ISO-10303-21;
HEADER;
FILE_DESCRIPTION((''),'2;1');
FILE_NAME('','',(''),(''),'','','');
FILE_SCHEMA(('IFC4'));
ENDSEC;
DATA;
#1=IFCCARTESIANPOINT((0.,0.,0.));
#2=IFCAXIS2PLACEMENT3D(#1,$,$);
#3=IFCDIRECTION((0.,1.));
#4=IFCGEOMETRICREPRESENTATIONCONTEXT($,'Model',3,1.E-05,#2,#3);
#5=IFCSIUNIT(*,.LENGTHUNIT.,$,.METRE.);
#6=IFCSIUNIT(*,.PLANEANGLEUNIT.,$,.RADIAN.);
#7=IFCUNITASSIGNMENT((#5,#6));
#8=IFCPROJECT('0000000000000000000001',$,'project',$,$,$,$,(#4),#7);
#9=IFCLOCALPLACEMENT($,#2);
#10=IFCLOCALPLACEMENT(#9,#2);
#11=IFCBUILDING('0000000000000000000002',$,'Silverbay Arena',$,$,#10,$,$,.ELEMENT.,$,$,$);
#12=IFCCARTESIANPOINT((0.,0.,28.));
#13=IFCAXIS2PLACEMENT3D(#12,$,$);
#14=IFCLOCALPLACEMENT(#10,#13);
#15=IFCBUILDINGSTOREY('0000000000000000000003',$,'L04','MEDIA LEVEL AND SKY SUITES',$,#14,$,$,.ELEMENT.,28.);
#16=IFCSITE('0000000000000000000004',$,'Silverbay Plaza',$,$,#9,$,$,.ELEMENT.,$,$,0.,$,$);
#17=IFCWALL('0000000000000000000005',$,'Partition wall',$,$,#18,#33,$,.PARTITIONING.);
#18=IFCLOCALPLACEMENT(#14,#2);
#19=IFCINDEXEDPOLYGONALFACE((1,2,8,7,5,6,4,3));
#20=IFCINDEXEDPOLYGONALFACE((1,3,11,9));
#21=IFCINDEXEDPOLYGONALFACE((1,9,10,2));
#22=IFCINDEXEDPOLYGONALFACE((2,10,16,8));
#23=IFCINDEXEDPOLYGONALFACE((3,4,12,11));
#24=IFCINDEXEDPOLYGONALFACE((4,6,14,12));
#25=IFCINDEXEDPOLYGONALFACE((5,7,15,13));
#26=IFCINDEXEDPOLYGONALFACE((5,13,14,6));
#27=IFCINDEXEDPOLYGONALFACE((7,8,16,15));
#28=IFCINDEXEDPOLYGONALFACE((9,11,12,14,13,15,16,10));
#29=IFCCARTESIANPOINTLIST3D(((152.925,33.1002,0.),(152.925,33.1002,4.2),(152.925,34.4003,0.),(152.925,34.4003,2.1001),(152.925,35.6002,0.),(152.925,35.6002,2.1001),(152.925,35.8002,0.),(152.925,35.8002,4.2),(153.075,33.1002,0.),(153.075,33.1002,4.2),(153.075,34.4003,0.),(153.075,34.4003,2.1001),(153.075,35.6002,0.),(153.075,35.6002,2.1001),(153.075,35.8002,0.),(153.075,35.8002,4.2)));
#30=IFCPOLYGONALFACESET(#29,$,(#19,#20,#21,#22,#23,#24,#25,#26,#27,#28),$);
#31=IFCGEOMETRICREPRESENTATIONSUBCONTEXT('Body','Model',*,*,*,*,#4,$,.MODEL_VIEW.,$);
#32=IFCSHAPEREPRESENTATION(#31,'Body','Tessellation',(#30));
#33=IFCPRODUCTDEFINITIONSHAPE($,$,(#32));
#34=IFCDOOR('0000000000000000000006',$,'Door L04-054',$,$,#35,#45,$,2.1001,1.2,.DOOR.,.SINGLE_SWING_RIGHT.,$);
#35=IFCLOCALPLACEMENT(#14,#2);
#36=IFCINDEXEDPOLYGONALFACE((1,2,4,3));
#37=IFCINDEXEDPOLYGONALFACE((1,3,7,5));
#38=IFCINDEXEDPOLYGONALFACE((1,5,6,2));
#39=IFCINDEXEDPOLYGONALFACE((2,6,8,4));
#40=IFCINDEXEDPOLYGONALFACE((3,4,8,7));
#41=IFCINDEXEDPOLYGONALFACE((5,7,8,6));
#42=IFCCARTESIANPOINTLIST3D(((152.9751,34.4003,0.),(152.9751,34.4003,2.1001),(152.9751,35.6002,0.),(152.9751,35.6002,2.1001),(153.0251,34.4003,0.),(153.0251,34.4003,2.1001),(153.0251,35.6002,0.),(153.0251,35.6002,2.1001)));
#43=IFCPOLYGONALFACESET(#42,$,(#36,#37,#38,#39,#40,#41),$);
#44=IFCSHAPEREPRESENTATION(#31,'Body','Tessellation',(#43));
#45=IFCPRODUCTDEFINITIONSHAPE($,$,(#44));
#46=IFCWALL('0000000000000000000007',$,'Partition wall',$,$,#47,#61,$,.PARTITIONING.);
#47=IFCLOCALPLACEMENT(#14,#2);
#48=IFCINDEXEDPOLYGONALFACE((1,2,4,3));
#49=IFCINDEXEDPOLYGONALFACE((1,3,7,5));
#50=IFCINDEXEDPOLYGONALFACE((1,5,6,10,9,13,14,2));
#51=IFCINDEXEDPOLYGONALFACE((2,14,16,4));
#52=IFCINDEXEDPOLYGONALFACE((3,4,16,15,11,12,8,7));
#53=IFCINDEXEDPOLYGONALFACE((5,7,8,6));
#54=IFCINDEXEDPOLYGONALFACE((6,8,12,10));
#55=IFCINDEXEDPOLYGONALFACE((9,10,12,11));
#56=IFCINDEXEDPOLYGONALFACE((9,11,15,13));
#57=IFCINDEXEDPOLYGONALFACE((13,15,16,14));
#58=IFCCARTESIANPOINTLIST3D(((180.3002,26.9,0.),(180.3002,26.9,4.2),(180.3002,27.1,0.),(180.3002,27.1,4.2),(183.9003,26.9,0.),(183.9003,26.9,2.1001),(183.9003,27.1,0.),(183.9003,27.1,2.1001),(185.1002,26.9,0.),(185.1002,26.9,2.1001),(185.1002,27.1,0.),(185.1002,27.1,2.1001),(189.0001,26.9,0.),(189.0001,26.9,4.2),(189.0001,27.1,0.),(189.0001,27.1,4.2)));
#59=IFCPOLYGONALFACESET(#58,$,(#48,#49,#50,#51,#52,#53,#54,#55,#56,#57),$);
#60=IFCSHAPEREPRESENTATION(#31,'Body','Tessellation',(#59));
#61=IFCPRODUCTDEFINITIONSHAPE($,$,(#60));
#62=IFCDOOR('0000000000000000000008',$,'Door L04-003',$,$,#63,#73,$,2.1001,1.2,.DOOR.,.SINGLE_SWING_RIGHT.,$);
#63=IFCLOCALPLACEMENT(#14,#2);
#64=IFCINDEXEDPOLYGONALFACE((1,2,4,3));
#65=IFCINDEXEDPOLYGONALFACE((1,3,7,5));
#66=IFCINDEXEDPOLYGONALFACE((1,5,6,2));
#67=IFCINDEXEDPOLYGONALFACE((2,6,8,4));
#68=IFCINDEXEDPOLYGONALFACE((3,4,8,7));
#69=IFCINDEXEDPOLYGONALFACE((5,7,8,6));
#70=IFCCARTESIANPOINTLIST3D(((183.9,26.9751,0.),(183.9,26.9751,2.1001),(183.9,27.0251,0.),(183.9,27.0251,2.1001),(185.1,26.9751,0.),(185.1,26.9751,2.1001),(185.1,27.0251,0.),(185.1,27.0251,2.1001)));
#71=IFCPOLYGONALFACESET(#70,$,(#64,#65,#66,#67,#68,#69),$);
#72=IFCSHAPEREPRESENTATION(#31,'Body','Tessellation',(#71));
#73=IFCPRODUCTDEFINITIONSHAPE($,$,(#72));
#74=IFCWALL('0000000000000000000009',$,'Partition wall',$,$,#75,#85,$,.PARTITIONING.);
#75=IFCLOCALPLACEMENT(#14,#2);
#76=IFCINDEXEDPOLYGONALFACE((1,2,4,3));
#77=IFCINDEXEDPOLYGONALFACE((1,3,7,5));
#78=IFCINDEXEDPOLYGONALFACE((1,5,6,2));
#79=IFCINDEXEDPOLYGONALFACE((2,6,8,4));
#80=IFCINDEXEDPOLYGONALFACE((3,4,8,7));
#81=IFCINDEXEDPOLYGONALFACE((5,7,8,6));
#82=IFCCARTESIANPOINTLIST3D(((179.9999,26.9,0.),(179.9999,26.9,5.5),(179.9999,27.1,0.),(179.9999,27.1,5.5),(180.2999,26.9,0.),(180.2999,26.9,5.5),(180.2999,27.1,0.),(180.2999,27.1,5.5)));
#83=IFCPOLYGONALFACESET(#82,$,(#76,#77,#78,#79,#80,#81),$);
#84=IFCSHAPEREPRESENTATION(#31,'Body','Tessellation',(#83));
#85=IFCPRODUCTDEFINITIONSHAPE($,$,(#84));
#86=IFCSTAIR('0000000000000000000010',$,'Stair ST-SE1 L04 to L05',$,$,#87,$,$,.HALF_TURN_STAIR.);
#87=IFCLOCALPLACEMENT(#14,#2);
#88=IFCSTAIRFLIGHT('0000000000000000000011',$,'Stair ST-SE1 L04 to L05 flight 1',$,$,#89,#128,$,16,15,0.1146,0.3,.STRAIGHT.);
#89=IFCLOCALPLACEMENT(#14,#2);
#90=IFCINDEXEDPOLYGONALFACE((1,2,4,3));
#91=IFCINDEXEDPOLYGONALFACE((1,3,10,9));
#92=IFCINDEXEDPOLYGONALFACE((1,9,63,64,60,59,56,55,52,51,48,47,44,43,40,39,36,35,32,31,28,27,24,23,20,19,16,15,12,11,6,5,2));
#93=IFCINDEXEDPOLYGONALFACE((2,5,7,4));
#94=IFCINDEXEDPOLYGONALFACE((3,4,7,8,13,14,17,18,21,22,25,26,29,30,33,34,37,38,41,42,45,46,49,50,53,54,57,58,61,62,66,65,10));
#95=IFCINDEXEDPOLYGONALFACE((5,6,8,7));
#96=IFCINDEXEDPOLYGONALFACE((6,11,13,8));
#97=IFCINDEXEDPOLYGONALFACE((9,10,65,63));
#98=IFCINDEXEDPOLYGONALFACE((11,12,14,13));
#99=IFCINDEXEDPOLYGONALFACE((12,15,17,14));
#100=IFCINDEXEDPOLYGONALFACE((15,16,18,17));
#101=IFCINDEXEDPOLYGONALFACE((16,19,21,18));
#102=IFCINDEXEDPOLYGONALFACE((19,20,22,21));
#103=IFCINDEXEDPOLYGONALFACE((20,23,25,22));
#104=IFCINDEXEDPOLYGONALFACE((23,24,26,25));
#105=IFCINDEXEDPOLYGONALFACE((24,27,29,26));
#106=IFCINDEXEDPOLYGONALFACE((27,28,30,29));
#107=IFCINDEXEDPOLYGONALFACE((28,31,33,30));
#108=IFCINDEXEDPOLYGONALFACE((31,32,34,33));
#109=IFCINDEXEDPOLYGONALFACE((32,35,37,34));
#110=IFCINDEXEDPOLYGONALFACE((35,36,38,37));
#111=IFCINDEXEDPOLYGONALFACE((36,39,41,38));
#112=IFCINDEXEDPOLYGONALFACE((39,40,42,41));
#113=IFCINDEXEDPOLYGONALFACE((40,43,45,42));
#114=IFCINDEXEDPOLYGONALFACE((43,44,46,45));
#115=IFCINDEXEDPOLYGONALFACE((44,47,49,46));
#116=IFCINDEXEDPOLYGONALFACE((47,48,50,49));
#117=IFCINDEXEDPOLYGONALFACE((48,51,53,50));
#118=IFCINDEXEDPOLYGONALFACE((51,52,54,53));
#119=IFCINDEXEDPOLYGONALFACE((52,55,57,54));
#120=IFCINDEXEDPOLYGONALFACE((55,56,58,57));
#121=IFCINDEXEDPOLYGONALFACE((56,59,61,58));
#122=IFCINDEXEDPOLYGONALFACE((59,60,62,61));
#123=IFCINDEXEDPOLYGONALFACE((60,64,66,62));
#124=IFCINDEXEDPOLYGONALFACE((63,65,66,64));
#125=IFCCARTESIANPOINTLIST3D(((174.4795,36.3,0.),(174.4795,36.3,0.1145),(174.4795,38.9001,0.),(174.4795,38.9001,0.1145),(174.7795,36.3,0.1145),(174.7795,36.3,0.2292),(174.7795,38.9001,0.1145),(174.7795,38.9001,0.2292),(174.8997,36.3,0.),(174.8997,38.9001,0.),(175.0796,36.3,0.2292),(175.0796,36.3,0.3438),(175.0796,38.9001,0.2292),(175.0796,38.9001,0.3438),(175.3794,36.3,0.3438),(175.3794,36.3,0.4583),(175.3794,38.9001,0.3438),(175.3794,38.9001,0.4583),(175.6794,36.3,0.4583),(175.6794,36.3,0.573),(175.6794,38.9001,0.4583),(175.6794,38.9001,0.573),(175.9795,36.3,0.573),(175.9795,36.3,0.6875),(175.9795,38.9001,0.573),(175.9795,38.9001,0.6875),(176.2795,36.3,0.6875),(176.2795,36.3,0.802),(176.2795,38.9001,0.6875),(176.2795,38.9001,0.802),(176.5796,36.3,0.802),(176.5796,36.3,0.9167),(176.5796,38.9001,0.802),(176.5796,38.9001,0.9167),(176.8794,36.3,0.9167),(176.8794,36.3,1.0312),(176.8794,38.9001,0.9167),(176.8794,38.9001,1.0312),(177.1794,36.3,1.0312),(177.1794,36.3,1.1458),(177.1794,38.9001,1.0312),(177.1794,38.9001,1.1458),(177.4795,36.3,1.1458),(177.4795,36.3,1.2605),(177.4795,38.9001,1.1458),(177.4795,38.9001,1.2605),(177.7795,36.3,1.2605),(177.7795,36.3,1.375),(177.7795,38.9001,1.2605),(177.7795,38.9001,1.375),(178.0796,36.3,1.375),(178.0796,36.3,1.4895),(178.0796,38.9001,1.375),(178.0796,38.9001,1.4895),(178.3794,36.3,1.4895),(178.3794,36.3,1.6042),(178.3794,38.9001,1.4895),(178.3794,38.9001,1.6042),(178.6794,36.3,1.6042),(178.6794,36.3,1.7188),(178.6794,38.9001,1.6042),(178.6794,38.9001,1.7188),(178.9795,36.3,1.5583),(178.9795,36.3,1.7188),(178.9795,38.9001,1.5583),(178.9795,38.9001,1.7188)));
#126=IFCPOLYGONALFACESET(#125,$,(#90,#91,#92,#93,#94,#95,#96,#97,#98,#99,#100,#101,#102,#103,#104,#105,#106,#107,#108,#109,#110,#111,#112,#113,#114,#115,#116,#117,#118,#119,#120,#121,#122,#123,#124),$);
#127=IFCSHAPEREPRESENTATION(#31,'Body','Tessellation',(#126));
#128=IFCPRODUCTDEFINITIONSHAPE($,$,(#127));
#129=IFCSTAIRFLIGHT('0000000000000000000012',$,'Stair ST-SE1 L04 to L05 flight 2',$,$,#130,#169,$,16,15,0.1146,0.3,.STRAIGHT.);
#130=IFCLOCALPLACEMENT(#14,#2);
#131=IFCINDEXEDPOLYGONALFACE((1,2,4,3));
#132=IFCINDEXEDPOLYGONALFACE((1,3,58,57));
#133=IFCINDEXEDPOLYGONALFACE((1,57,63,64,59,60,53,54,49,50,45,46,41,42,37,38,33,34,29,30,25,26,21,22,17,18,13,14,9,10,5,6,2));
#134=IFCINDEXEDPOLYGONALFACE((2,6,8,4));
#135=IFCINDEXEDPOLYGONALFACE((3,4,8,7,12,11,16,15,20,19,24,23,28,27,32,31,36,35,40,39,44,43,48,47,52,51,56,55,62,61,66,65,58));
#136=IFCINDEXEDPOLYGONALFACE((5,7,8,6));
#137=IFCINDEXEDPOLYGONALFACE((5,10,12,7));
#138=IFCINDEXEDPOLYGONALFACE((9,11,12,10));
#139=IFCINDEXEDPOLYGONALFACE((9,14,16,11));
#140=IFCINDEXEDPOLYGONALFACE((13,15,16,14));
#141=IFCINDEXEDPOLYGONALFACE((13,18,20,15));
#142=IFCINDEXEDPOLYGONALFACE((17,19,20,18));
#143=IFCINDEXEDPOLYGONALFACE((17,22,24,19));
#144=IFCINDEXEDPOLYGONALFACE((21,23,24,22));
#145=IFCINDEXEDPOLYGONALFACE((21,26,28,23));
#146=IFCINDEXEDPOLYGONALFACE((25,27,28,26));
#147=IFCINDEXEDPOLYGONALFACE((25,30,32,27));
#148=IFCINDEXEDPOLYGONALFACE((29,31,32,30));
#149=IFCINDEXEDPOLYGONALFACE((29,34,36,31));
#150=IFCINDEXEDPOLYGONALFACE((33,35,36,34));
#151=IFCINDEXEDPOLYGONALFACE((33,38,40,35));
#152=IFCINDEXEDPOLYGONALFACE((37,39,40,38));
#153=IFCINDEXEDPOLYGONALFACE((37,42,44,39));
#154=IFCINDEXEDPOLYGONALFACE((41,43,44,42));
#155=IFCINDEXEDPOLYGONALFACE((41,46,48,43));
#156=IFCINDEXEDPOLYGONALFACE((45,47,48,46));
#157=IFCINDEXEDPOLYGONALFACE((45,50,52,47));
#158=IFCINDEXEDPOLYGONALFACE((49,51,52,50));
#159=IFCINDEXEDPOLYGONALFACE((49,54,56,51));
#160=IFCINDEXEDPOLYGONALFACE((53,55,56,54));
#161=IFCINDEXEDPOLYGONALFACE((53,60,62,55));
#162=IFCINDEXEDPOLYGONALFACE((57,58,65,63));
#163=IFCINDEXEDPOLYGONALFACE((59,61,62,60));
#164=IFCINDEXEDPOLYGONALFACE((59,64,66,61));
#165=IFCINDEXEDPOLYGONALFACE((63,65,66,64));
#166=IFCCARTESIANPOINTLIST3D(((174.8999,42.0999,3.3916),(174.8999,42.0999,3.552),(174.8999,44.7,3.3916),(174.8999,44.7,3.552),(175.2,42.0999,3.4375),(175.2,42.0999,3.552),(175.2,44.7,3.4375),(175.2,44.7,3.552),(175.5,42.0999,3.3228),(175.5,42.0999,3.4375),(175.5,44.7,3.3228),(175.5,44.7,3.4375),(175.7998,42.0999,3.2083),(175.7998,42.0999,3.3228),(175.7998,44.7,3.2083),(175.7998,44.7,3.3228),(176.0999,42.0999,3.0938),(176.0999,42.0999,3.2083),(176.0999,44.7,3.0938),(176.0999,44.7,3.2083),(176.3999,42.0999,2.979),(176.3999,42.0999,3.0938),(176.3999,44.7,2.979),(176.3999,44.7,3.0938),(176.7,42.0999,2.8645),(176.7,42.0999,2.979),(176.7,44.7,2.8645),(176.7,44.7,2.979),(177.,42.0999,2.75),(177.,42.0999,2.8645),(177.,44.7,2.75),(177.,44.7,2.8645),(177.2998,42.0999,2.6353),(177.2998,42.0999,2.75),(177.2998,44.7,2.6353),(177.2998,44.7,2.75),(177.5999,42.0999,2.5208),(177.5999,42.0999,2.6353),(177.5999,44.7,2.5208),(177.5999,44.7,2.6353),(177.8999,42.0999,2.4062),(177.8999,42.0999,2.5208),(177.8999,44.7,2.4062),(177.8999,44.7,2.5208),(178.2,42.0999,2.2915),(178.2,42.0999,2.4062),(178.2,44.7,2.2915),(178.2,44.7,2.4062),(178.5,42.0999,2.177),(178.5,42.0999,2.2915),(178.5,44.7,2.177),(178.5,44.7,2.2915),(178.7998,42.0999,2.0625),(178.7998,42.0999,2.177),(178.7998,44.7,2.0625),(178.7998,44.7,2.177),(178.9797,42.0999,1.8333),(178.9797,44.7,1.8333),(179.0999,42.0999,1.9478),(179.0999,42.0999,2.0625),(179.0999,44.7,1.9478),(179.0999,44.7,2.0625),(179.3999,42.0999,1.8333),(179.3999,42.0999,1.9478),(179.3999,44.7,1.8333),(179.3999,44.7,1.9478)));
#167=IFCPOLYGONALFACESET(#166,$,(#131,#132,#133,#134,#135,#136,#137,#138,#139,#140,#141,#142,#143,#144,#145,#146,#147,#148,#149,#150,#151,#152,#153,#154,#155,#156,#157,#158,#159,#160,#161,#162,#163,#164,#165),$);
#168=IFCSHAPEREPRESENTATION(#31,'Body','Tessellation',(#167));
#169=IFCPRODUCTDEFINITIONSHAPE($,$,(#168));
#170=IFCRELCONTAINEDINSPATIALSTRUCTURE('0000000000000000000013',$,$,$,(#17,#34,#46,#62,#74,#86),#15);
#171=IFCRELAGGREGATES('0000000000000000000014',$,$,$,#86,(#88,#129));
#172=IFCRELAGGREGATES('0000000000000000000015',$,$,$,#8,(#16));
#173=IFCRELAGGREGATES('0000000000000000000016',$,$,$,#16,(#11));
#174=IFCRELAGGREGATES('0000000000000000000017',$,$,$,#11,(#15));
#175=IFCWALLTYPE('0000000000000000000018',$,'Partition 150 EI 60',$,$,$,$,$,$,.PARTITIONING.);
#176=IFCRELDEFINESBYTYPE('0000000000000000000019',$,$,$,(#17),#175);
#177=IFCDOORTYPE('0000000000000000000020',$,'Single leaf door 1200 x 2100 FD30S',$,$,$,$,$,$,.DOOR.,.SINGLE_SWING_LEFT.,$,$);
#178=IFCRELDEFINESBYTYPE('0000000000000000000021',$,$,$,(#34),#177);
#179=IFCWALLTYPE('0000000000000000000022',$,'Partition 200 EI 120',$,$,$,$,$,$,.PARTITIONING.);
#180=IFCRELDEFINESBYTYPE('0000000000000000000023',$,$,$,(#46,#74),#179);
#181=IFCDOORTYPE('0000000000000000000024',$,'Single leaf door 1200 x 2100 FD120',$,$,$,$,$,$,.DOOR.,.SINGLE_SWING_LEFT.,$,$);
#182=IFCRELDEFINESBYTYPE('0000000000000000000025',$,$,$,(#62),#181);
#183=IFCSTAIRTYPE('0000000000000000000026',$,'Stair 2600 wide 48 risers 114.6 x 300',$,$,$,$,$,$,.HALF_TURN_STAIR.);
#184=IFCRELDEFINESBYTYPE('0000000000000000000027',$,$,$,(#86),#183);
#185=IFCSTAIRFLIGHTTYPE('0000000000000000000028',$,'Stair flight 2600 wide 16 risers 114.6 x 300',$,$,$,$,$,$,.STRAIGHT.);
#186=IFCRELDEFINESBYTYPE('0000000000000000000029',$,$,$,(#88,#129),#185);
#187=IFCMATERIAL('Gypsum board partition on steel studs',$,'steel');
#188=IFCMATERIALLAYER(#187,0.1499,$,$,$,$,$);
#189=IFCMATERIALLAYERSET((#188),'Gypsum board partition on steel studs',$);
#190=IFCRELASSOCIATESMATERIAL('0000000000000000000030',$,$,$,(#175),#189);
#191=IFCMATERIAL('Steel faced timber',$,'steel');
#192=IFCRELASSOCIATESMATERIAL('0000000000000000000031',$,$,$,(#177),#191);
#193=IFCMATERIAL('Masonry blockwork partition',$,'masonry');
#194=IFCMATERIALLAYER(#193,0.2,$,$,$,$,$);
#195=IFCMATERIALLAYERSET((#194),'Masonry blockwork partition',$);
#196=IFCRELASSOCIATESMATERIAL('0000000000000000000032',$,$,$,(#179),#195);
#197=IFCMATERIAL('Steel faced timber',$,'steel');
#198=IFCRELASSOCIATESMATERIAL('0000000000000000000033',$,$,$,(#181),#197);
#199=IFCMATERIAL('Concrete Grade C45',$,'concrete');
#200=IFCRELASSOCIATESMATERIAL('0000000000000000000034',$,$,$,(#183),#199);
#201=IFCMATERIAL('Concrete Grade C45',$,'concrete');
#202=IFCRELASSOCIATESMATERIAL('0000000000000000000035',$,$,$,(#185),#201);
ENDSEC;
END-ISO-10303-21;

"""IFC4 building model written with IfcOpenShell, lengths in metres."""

from ifc_helpers import new_model, si_unit, direction, frame, frame_2d, origin, place, context, subcontext, project, spatial, polyline, rectangle, outline, extrude, material, layer, layer_set, type_object, element, fill, aggregate, save


model = new_model("IFC4")

# Units and contexts
model_context = context("Model", 3, precision=1e-05, world=origin(), true_north=direction((0.0, 1.0)))
body_context = subcontext(model_context, "Body", "Model", "MODEL_VIEW")
ifc_project = project(units=[si_unit("LENGTHUNIT", "METRE"), si_unit("PLANEANGLEUNIT", "RADIAN")], contexts=[model_context])

# Site, building, storey
site_placement = place(None, origin())
site = spatial("IfcSite", under=ifc_project, at=site_placement, Name="Silverbay Plaza", CompositionType="ELEMENT", RefElevation=0.0)
building_placement = place(site_placement, origin())
building = spatial("IfcBuilding", under=site, at=building_placement, Name="Silverbay Arena", CompositionType="ELEMENT")
storey_placement = place(building_placement, frame((0.0, 0.0, 28.0)))
storey = spatial("IfcBuildingStorey", under=building, at=storey_placement, Name="L04", Description="MEDIA LEVEL AND SKY SUITES", CompositionType="ELEMENT", Elevation=28.0)

# Walls, openings, doors
ifc_material_1 = material(Name="Gypsum board partition on steel studs", Category="steel")
ifc_layer_1 = layer(ifc_material_1, 0.1499)
ifc_layer_set_1 = layer_set([ifc_layer_1], Name="Gypsum board partition on steel studs")
wall_type_1 = type_object("IfcWallType", Name="Partition 150 EI 60", PredefinedType="PARTITIONING", material=ifc_layer_set_1)
wall_1_placement = place(storey_placement, frame((153.0, 33.1001, 0.0), z_axis=(0.0, 0.0, 1.0), x_axis=(0.0, 1.0, 0.0)))
wall_1 = element("IfcWall", 1, at=wall_1_placement, inside=storey, type_object=wall_type_1, Name="Partition wall", PredefinedType="PARTITIONING", context=body_context, shape_type="SweptSolid", body=[
    extrude(rectangle(XDim=2.7, YDim=0.1499, at=frame_2d((1.3501, 0.0))), origin(), (0.0, 0.0, 1.0), 4.2),
])
opening_1_placement = place(wall_1_placement, frame((1.3, 0.0, 0.0)))
opening_1 = element("IfcOpeningElement", 2, at=opening_1_placement, cuts=wall_1, PredefinedType="OPENING", context=body_context, shape_type="SweptSolid", body=[
    extrude(rectangle(XDim=1.2, YDim=2.1001, at=frame_2d((0.6001, 1.05))), frame((0.0, 0.085, 0.0), z_axis=(0.0, -1.0, 0.0), x_axis=(1.0, 0.0, 0.0)), (0.0, 0.0, 1.0), 0.1699),
])
ifc_material_2 = material(Name="Steel faced timber", Category="steel")
door_type_1 = type_object("IfcDoorType", Name="Single leaf door 1200 x 2100 FD30S", OperationType="SINGLE_SWING_LEFT", PredefinedType="DOOR", material=ifc_material_2)
door_1_placement = place(opening_1_placement, origin())
door_1 = element("IfcDoor", 3, at=door_1_placement, inside=storey, type_object=door_type_1, Name="Door L04-054", OperationType="SINGLE_SWING_RIGHT", OverallHeight=2.1001, OverallWidth=1.2, PredefinedType="DOOR", context=body_context, shape_type="SweptSolid", body=[
    extrude(rectangle(XDim=1.2, YDim=2.1001, at=frame_2d((0.6001, 1.05))), frame((0.0, 0.0249, 0.0), z_axis=(0.0, -1.0, 0.0), x_axis=(1.0, 0.0, 0.0)), (0.0, 0.0, 1.0), 0.05),
])
fill(opening_1, door_1)
ifc_material_3 = material(Name="Masonry blockwork partition", Category="masonry")
ifc_layer_2 = layer(ifc_material_3, 0.2)
ifc_layer_set_2 = layer_set([ifc_layer_2], Name="Masonry blockwork partition")
wall_type_2 = type_object("IfcWallType", Name="Partition 200 EI 120", PredefinedType="PARTITIONING", material=ifc_layer_set_2)
wall_2_placement = place(storey_placement, frame((180.3, 27.0, 0.0), z_axis=(0.0, 0.0, 1.0), x_axis=(1.0, 0.0, 0.0)))
wall_2 = element("IfcWall", 4, at=wall_2_placement, inside=storey, type_object=wall_type_2, Name="Partition wall", PredefinedType="PARTITIONING", context=body_context, shape_type="SweptSolid", body=[
    extrude(rectangle(XDim=8.7, YDim=0.2, at=frame_2d((4.3501, 0.0))), origin(), (0.0, 0.0, 1.0), 4.2),
])
opening_2_placement = place(wall_2_placement, frame((3.6001, 0.0, 0.0)))
opening_2 = element("IfcOpeningElement", 5, at=opening_2_placement, cuts=wall_2, PredefinedType="OPENING", context=body_context, shape_type="SweptSolid", body=[
    extrude(rectangle(XDim=1.2, YDim=2.1001, at=frame_2d((0.6001, 1.05))), frame((0.0, 0.1099, 0.0), z_axis=(0.0, -1.0, 0.0), x_axis=(1.0, 0.0, 0.0)), (0.0, 0.0, 1.0), 0.22),
])
ifc_material_4 = material(Name="Steel faced timber", Category="steel")
door_type_2 = type_object("IfcDoorType", Name="Single leaf door 1200 x 2100 FD120", OperationType="SINGLE_SWING_LEFT", PredefinedType="DOOR", material=ifc_material_4)
door_2_placement = place(opening_2_placement, frame((1.2, 0.0, 0.0), z_axis=(0.0, 0.0, 1.0), x_axis=(-1.0, 0.0, 0.0)))
door_2 = element("IfcDoor", 6, at=door_2_placement, inside=storey, type_object=door_type_2, Name="Door L04-003", OperationType="SINGLE_SWING_RIGHT", OverallHeight=2.1001, OverallWidth=1.2, PredefinedType="DOOR", context=body_context, shape_type="SweptSolid", body=[
    extrude(rectangle(XDim=1.2, YDim=2.1001, at=frame_2d((0.6001, 1.05))), frame((0.0, 0.0249, 0.0), z_axis=(0.0, -1.0, 0.0), x_axis=(1.0, 0.0, 0.0)), (0.0, 0.0, 1.0), 0.05),
])
fill(opening_2, door_2)

# Wall
wall_3_placement = place(storey_placement, frame((180.0, 27.0, 0.0), z_axis=(0.0, 0.0, 1.0), x_axis=(1.0, 0.0, 0.0)))
element("IfcWall", 7, at=wall_3_placement, inside=storey, type_object=wall_type_2, Name="Partition wall", PredefinedType="PARTITIONING", context=body_context, shape_type="SweptSolid", body=[
    extrude(rectangle(XDim=0.3, YDim=0.2, at=frame_2d((0.1499, 0.0))), origin(), (0.0, 0.0, 1.0), 5.5),
])

# Stair, stair flights
ifc_material_5 = material(Name="Concrete Grade C45", Category="concrete")
stair_type = type_object("IfcStairType", Name="Stair 2600 wide 48 risers 114.6 x 300", PredefinedType="HALF_TURN_STAIR", material=ifc_material_5)
stair_placement = place(storey_placement, origin())
stair = element("IfcStair", 8, at=stair_placement, inside=storey, type_object=stair_type, Name="Stair ST-SE1 L04 to L05", PredefinedType="HALF_TURN_STAIR")
ifc_material_6 = material(Name="Concrete Grade C45", Category="concrete")
stair_flight_type = type_object("IfcStairFlightType", Name="Stair flight 2600 wide 16 risers 114.6 x 300", PredefinedType="STRAIGHT", material=ifc_material_6)
stair_flight_1_placement = place(storey_placement, frame((174.4795, 37.6001, 0.0), z_axis=(0.0, 0.0, 1.0), x_axis=(1.0, 0.0, 0.0)))
stair_flight_1 = element("IfcStairFlight", 9, at=stair_flight_1_placement, type_object=stair_flight_type, Name="Stair ST-SE1 L04 to L05 flight 1", NumberOfRisers=16, NumberOfTreads=15, PredefinedType="STRAIGHT", RiserHeight=0.1146, TreadLength=0.3, context=body_context, shape_type="SweptSolid", body=[
    extrude(outline(polyline([(0.0, 0.0), (0.0, 0.1145), (0.3, 0.1145), (0.3, 0.2292), (0.6001, 0.2292), (0.6001, 0.3438), (0.8999, 0.3438), (0.8999, 0.4583), (1.2, 0.4583), (1.2, 0.573), (1.5, 0.573), (1.5, 0.6875), (1.8, 0.6875), (1.8, 0.802), (2.1001, 0.802), (2.1001, 0.9167), (2.3999, 0.9167), (2.3999, 1.0312), (2.7, 1.0312), (2.7, 1.1458), (3.0, 1.1458), (3.0, 1.2605), (3.3, 1.2605), (3.3, 1.375), (3.6001, 1.375), (3.6001, 1.4895), (3.8999, 1.4895), (3.8999, 1.6042), (4.2, 1.6042), (4.2, 1.7188), (4.5, 1.7188), (4.5, 1.5583), (0.4202, 0.0), (0.0, 0.0)])), frame((0.0, 1.3, 0.0), z_axis=(0.0, -1.0, 0.0), x_axis=(1.0, 0.0, 0.0)), (0.0, 0.0, 1.0), 2.6001),
])
stair_flight_2_placement = place(storey_placement, frame((179.3999, 43.3999, 1.8333), z_axis=(0.0, 0.0, 1.0), x_axis=(-1.0, 0.0, 0.0)))
stair_flight_2 = element("IfcStairFlight", 10, at=stair_flight_2_placement, type_object=stair_flight_type, Name="Stair ST-SE1 L04 to L05 flight 2", NumberOfRisers=16, NumberOfTreads=15, PredefinedType="STRAIGHT", RiserHeight=0.1146, TreadLength=0.3, context=body_context, shape_type="SweptSolid", body=[
    extrude(outline(polyline([(0.0, 0.0), (0.0, 0.1145), (0.3, 0.1145), (0.3, 0.2292), (0.6001, 0.2292), (0.6001, 0.3438), (0.8999, 0.3438), (0.8999, 0.4583), (1.2, 0.4583), (1.2, 0.573), (1.5, 0.573), (1.5, 0.6875), (1.8, 0.6875), (1.8, 0.802), (2.1001, 0.802), (2.1001, 0.9167), (2.3999, 0.9167), (2.3999, 1.0312), (2.7, 1.0312), (2.7, 1.1458), (3.0, 1.1458), (3.0, 1.2605), (3.3, 1.2605), (3.3, 1.375), (3.6001, 1.375), (3.6001, 1.4895), (3.8999, 1.4895), (3.8999, 1.6042), (4.2, 1.6042), (4.2, 1.7188), (4.5, 1.7188), (4.5, 1.5583), (0.4202, 0.0), (0.0, 0.0)])), frame((0.0, 1.3, 0.0), z_axis=(0.0, -1.0, 0.0), x_axis=(1.0, 0.0, 0.0)), (0.0, 0.0, 1.0), 2.6001),
])
aggregate(stair, [stair_flight_1, stair_flight_2])

save(model, "model.ifc")
